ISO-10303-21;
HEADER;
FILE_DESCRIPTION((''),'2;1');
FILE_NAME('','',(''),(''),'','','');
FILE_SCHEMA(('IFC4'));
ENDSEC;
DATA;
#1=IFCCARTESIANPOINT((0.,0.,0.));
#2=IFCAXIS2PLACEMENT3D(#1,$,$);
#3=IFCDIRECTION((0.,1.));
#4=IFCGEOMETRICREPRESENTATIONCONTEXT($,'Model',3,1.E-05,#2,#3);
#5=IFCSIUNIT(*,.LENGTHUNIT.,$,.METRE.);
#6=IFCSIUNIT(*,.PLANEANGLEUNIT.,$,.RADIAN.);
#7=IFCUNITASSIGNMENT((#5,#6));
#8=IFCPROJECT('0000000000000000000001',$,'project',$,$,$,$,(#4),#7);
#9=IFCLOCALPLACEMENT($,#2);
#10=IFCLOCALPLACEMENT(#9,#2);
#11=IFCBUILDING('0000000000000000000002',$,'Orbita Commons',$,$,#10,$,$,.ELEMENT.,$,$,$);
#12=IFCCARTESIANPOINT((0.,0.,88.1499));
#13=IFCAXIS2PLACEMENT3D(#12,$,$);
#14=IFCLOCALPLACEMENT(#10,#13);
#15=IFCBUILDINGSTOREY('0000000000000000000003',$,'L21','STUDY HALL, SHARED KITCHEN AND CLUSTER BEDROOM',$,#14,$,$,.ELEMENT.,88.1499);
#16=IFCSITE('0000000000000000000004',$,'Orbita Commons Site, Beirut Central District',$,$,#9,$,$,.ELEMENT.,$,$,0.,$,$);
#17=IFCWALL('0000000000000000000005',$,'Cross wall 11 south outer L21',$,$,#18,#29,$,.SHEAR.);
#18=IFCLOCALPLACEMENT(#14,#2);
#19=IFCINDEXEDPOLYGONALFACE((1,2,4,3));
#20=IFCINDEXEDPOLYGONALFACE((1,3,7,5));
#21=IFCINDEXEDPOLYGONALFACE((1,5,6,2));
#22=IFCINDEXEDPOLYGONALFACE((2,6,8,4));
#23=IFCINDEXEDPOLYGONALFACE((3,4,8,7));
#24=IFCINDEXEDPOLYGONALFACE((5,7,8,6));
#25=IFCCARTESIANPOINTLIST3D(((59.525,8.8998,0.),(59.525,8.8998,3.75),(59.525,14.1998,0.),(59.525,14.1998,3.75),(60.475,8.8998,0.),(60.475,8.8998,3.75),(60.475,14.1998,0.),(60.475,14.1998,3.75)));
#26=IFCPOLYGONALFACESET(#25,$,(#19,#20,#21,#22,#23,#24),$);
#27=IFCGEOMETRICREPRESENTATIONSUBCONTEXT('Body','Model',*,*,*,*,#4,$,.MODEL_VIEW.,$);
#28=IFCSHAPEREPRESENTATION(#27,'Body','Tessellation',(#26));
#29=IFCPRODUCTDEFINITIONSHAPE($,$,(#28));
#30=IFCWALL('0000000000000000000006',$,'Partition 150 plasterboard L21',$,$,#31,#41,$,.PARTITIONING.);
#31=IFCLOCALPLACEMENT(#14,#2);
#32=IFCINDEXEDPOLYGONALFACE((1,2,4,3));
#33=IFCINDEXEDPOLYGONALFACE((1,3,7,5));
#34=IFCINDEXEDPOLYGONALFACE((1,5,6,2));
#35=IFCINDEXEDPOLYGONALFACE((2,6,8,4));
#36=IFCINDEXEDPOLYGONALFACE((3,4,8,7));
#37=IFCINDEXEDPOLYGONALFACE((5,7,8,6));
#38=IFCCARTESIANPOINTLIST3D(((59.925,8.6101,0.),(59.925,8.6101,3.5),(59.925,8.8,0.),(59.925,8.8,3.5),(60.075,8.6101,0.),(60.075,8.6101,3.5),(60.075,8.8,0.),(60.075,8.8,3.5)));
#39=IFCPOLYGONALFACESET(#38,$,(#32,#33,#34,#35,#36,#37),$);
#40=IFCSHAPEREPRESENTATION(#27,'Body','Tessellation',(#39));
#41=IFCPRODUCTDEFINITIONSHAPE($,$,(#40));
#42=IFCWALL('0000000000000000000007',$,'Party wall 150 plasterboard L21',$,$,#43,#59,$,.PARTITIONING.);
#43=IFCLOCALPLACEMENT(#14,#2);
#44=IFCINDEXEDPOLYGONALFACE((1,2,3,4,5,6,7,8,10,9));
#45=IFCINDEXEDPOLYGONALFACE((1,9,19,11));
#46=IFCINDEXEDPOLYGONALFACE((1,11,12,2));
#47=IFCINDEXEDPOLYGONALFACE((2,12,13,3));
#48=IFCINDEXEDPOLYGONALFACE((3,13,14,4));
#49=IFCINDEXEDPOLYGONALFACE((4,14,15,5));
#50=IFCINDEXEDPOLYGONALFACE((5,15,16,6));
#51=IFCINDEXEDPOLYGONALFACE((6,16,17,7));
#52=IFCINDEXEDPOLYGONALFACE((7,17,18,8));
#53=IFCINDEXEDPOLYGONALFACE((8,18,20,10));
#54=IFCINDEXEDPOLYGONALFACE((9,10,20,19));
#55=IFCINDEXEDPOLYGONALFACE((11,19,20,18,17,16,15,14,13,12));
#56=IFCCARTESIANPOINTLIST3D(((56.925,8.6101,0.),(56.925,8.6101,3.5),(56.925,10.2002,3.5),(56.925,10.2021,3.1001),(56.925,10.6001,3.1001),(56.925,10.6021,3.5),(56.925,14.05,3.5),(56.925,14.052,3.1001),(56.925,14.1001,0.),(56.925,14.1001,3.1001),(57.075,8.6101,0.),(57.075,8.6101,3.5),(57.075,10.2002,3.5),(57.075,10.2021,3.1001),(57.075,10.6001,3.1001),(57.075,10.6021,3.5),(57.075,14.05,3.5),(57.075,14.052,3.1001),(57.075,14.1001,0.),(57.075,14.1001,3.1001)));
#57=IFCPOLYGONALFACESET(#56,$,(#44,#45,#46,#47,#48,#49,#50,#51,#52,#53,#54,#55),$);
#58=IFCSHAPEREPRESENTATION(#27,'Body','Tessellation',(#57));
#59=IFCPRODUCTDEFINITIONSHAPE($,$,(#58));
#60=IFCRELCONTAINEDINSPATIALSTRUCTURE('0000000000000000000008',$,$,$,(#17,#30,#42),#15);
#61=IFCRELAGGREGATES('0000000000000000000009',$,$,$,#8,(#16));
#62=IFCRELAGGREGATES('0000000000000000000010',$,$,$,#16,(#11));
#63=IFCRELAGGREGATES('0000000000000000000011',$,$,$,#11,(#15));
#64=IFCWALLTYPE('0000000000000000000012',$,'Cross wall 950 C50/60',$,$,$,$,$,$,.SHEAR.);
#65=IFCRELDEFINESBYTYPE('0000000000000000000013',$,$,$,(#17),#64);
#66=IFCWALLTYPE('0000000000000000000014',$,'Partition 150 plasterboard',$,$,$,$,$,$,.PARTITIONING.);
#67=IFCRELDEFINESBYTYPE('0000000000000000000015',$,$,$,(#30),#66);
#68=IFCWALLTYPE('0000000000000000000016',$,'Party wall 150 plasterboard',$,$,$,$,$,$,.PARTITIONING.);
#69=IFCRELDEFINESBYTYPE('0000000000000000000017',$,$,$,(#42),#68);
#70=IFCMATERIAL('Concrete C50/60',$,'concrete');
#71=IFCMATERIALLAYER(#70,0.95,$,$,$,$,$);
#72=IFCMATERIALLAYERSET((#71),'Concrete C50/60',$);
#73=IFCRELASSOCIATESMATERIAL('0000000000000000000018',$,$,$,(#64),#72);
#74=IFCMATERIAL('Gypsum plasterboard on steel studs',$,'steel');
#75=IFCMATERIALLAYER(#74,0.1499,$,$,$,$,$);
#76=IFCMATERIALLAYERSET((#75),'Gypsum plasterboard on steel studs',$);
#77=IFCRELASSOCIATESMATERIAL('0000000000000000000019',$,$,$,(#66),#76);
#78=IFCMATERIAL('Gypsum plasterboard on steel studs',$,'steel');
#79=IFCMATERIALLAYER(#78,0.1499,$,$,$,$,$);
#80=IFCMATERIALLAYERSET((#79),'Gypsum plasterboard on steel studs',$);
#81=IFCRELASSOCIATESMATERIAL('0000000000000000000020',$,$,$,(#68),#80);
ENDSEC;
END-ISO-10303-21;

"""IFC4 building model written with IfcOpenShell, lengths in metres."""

from ifc_helpers import new_model, si_unit, direction, frame, frame_2d, origin, place, context, subcontext, project, spatial, polyline, rectangle, outline, extrude, material, layer, layer_set, type_object, element, save


model = new_model("IFC4")

# Units and contexts
model_context = context("Model", 3, precision=1e-05, world=origin(), true_north=direction((0.0, 1.0)))
body_context = subcontext(model_context, "Body", "Model", "MODEL_VIEW")
ifc_project = project(units=[si_unit("LENGTHUNIT", "METRE"), si_unit("PLANEANGLEUNIT", "RADIAN")], contexts=[model_context])

# Site, building, storey
site_placement = place(None, origin())
site = spatial("IfcSite", under=ifc_project, at=site_placement, Name="Orbita Commons Site, Beirut Central District", CompositionType="ELEMENT", RefElevation=0.0)
building_placement = place(site_placement, origin())
building = spatial("IfcBuilding", under=site, at=building_placement, Name="Orbita Commons", CompositionType="ELEMENT")
storey_placement = place(building_placement, frame((0.0, 0.0, 88.1499)))
storey = spatial("IfcBuildingStorey", under=building, at=storey_placement, Name="L21", Description="STUDY HALL, SHARED KITCHEN AND CLUSTER BEDROOM", CompositionType="ELEMENT", Elevation=88.1499)

# Walls
ifc_material_1 = material(Name="Concrete C50/60", Category="concrete")
ifc_layer_1 = layer(ifc_material_1, 0.95)
ifc_layer_set_1 = layer_set([ifc_layer_1], Name="Concrete C50/60")
wall_type_1 = type_object("IfcWallType", Name="Cross wall 950 C50/60", PredefinedType="SHEAR", material=ifc_layer_set_1)
wall_1_placement = place(storey_placement, frame((60.0, 8.8999, 0.0), z_axis=(0.0, 0.0, 1.0), x_axis=(0.0, 1.0, 0.0)))
element("IfcWall", 1, at=wall_1_placement, inside=storey, type_object=wall_type_1, Name="Cross wall 11 south outer L21", PredefinedType="SHEAR", context=body_context, shape_type="SweptSolid", body=[
    extrude(rectangle(XDim=5.3, YDim=0.95, at=frame_2d((2.6499, 0.0))), origin(), (0.0, 0.0, 1.0), 3.75),
])
ifc_material_2 = material(Name="Gypsum plasterboard on steel studs", Category="steel")
ifc_layer_2 = layer(ifc_material_2, 0.1499)
ifc_layer_set_2 = layer_set([ifc_layer_2], Name="Gypsum plasterboard on steel studs")
wall_type_2 = type_object("IfcWallType", Name="Partition 150 plasterboard", PredefinedType="PARTITIONING", material=ifc_layer_set_2)
wall_2_placement = place(storey_placement, frame((60.0, 8.8, 0.0), z_axis=(0.0, 0.0, 1.0), x_axis=(0.0, -1.0, 0.0)))
element("IfcWall", 2, at=wall_2_placement, inside=storey, type_object=wall_type_2, Name="Partition 150 plasterboard L21", PredefinedType="PARTITIONING", context=body_context, shape_type="SweptSolid", body=[
    extrude(rectangle(XDim=0.1899, YDim=0.1499, at=frame_2d((0.095, 0.0))), origin(), (0.0, 0.0, 1.0), 3.5),
])
ifc_material_3 = material(Name="Gypsum plasterboard on steel studs", Category="steel")
ifc_layer_3 = layer(ifc_material_3, 0.1499)
ifc_layer_set_3 = layer_set([ifc_layer_3], Name="Gypsum plasterboard on steel studs")
wall_type_3 = type_object("IfcWallType", Name="Party wall 150 plasterboard", PredefinedType="PARTITIONING", material=ifc_layer_set_3)
wall_3_placement = place(storey_placement, frame((57.0, 8.6101, 0.0), z_axis=(0.0, 0.0, 1.0), x_axis=(0.0, 1.0, 0.0)))
element("IfcWall", 3, at=wall_3_placement, inside=storey, type_object=wall_type_3, Name="Party wall 150 plasterboard L21", PredefinedType="PARTITIONING", context=body_context, shape_type="SweptSolid", body=[
    extrude(outline(polyline([(0.0, 0.0), (5.49, 0.0), (5.49, 3.1001), (5.4419, 3.1001), (5.4399, 3.5), (1.9919, 3.5), (1.99, 3.1001), (1.592, 3.1001), (1.5901, 3.5), (0.0, 3.5), (0.0, 0.0)])), frame((0.0, 0.075, 0.0), z_axis=(0.0, -1.0, 0.0), x_axis=(1.0, 0.0, 0.0)), (0.0, 0.0, 1.0), 0.1499),
])

save(model, "model.ifc")
